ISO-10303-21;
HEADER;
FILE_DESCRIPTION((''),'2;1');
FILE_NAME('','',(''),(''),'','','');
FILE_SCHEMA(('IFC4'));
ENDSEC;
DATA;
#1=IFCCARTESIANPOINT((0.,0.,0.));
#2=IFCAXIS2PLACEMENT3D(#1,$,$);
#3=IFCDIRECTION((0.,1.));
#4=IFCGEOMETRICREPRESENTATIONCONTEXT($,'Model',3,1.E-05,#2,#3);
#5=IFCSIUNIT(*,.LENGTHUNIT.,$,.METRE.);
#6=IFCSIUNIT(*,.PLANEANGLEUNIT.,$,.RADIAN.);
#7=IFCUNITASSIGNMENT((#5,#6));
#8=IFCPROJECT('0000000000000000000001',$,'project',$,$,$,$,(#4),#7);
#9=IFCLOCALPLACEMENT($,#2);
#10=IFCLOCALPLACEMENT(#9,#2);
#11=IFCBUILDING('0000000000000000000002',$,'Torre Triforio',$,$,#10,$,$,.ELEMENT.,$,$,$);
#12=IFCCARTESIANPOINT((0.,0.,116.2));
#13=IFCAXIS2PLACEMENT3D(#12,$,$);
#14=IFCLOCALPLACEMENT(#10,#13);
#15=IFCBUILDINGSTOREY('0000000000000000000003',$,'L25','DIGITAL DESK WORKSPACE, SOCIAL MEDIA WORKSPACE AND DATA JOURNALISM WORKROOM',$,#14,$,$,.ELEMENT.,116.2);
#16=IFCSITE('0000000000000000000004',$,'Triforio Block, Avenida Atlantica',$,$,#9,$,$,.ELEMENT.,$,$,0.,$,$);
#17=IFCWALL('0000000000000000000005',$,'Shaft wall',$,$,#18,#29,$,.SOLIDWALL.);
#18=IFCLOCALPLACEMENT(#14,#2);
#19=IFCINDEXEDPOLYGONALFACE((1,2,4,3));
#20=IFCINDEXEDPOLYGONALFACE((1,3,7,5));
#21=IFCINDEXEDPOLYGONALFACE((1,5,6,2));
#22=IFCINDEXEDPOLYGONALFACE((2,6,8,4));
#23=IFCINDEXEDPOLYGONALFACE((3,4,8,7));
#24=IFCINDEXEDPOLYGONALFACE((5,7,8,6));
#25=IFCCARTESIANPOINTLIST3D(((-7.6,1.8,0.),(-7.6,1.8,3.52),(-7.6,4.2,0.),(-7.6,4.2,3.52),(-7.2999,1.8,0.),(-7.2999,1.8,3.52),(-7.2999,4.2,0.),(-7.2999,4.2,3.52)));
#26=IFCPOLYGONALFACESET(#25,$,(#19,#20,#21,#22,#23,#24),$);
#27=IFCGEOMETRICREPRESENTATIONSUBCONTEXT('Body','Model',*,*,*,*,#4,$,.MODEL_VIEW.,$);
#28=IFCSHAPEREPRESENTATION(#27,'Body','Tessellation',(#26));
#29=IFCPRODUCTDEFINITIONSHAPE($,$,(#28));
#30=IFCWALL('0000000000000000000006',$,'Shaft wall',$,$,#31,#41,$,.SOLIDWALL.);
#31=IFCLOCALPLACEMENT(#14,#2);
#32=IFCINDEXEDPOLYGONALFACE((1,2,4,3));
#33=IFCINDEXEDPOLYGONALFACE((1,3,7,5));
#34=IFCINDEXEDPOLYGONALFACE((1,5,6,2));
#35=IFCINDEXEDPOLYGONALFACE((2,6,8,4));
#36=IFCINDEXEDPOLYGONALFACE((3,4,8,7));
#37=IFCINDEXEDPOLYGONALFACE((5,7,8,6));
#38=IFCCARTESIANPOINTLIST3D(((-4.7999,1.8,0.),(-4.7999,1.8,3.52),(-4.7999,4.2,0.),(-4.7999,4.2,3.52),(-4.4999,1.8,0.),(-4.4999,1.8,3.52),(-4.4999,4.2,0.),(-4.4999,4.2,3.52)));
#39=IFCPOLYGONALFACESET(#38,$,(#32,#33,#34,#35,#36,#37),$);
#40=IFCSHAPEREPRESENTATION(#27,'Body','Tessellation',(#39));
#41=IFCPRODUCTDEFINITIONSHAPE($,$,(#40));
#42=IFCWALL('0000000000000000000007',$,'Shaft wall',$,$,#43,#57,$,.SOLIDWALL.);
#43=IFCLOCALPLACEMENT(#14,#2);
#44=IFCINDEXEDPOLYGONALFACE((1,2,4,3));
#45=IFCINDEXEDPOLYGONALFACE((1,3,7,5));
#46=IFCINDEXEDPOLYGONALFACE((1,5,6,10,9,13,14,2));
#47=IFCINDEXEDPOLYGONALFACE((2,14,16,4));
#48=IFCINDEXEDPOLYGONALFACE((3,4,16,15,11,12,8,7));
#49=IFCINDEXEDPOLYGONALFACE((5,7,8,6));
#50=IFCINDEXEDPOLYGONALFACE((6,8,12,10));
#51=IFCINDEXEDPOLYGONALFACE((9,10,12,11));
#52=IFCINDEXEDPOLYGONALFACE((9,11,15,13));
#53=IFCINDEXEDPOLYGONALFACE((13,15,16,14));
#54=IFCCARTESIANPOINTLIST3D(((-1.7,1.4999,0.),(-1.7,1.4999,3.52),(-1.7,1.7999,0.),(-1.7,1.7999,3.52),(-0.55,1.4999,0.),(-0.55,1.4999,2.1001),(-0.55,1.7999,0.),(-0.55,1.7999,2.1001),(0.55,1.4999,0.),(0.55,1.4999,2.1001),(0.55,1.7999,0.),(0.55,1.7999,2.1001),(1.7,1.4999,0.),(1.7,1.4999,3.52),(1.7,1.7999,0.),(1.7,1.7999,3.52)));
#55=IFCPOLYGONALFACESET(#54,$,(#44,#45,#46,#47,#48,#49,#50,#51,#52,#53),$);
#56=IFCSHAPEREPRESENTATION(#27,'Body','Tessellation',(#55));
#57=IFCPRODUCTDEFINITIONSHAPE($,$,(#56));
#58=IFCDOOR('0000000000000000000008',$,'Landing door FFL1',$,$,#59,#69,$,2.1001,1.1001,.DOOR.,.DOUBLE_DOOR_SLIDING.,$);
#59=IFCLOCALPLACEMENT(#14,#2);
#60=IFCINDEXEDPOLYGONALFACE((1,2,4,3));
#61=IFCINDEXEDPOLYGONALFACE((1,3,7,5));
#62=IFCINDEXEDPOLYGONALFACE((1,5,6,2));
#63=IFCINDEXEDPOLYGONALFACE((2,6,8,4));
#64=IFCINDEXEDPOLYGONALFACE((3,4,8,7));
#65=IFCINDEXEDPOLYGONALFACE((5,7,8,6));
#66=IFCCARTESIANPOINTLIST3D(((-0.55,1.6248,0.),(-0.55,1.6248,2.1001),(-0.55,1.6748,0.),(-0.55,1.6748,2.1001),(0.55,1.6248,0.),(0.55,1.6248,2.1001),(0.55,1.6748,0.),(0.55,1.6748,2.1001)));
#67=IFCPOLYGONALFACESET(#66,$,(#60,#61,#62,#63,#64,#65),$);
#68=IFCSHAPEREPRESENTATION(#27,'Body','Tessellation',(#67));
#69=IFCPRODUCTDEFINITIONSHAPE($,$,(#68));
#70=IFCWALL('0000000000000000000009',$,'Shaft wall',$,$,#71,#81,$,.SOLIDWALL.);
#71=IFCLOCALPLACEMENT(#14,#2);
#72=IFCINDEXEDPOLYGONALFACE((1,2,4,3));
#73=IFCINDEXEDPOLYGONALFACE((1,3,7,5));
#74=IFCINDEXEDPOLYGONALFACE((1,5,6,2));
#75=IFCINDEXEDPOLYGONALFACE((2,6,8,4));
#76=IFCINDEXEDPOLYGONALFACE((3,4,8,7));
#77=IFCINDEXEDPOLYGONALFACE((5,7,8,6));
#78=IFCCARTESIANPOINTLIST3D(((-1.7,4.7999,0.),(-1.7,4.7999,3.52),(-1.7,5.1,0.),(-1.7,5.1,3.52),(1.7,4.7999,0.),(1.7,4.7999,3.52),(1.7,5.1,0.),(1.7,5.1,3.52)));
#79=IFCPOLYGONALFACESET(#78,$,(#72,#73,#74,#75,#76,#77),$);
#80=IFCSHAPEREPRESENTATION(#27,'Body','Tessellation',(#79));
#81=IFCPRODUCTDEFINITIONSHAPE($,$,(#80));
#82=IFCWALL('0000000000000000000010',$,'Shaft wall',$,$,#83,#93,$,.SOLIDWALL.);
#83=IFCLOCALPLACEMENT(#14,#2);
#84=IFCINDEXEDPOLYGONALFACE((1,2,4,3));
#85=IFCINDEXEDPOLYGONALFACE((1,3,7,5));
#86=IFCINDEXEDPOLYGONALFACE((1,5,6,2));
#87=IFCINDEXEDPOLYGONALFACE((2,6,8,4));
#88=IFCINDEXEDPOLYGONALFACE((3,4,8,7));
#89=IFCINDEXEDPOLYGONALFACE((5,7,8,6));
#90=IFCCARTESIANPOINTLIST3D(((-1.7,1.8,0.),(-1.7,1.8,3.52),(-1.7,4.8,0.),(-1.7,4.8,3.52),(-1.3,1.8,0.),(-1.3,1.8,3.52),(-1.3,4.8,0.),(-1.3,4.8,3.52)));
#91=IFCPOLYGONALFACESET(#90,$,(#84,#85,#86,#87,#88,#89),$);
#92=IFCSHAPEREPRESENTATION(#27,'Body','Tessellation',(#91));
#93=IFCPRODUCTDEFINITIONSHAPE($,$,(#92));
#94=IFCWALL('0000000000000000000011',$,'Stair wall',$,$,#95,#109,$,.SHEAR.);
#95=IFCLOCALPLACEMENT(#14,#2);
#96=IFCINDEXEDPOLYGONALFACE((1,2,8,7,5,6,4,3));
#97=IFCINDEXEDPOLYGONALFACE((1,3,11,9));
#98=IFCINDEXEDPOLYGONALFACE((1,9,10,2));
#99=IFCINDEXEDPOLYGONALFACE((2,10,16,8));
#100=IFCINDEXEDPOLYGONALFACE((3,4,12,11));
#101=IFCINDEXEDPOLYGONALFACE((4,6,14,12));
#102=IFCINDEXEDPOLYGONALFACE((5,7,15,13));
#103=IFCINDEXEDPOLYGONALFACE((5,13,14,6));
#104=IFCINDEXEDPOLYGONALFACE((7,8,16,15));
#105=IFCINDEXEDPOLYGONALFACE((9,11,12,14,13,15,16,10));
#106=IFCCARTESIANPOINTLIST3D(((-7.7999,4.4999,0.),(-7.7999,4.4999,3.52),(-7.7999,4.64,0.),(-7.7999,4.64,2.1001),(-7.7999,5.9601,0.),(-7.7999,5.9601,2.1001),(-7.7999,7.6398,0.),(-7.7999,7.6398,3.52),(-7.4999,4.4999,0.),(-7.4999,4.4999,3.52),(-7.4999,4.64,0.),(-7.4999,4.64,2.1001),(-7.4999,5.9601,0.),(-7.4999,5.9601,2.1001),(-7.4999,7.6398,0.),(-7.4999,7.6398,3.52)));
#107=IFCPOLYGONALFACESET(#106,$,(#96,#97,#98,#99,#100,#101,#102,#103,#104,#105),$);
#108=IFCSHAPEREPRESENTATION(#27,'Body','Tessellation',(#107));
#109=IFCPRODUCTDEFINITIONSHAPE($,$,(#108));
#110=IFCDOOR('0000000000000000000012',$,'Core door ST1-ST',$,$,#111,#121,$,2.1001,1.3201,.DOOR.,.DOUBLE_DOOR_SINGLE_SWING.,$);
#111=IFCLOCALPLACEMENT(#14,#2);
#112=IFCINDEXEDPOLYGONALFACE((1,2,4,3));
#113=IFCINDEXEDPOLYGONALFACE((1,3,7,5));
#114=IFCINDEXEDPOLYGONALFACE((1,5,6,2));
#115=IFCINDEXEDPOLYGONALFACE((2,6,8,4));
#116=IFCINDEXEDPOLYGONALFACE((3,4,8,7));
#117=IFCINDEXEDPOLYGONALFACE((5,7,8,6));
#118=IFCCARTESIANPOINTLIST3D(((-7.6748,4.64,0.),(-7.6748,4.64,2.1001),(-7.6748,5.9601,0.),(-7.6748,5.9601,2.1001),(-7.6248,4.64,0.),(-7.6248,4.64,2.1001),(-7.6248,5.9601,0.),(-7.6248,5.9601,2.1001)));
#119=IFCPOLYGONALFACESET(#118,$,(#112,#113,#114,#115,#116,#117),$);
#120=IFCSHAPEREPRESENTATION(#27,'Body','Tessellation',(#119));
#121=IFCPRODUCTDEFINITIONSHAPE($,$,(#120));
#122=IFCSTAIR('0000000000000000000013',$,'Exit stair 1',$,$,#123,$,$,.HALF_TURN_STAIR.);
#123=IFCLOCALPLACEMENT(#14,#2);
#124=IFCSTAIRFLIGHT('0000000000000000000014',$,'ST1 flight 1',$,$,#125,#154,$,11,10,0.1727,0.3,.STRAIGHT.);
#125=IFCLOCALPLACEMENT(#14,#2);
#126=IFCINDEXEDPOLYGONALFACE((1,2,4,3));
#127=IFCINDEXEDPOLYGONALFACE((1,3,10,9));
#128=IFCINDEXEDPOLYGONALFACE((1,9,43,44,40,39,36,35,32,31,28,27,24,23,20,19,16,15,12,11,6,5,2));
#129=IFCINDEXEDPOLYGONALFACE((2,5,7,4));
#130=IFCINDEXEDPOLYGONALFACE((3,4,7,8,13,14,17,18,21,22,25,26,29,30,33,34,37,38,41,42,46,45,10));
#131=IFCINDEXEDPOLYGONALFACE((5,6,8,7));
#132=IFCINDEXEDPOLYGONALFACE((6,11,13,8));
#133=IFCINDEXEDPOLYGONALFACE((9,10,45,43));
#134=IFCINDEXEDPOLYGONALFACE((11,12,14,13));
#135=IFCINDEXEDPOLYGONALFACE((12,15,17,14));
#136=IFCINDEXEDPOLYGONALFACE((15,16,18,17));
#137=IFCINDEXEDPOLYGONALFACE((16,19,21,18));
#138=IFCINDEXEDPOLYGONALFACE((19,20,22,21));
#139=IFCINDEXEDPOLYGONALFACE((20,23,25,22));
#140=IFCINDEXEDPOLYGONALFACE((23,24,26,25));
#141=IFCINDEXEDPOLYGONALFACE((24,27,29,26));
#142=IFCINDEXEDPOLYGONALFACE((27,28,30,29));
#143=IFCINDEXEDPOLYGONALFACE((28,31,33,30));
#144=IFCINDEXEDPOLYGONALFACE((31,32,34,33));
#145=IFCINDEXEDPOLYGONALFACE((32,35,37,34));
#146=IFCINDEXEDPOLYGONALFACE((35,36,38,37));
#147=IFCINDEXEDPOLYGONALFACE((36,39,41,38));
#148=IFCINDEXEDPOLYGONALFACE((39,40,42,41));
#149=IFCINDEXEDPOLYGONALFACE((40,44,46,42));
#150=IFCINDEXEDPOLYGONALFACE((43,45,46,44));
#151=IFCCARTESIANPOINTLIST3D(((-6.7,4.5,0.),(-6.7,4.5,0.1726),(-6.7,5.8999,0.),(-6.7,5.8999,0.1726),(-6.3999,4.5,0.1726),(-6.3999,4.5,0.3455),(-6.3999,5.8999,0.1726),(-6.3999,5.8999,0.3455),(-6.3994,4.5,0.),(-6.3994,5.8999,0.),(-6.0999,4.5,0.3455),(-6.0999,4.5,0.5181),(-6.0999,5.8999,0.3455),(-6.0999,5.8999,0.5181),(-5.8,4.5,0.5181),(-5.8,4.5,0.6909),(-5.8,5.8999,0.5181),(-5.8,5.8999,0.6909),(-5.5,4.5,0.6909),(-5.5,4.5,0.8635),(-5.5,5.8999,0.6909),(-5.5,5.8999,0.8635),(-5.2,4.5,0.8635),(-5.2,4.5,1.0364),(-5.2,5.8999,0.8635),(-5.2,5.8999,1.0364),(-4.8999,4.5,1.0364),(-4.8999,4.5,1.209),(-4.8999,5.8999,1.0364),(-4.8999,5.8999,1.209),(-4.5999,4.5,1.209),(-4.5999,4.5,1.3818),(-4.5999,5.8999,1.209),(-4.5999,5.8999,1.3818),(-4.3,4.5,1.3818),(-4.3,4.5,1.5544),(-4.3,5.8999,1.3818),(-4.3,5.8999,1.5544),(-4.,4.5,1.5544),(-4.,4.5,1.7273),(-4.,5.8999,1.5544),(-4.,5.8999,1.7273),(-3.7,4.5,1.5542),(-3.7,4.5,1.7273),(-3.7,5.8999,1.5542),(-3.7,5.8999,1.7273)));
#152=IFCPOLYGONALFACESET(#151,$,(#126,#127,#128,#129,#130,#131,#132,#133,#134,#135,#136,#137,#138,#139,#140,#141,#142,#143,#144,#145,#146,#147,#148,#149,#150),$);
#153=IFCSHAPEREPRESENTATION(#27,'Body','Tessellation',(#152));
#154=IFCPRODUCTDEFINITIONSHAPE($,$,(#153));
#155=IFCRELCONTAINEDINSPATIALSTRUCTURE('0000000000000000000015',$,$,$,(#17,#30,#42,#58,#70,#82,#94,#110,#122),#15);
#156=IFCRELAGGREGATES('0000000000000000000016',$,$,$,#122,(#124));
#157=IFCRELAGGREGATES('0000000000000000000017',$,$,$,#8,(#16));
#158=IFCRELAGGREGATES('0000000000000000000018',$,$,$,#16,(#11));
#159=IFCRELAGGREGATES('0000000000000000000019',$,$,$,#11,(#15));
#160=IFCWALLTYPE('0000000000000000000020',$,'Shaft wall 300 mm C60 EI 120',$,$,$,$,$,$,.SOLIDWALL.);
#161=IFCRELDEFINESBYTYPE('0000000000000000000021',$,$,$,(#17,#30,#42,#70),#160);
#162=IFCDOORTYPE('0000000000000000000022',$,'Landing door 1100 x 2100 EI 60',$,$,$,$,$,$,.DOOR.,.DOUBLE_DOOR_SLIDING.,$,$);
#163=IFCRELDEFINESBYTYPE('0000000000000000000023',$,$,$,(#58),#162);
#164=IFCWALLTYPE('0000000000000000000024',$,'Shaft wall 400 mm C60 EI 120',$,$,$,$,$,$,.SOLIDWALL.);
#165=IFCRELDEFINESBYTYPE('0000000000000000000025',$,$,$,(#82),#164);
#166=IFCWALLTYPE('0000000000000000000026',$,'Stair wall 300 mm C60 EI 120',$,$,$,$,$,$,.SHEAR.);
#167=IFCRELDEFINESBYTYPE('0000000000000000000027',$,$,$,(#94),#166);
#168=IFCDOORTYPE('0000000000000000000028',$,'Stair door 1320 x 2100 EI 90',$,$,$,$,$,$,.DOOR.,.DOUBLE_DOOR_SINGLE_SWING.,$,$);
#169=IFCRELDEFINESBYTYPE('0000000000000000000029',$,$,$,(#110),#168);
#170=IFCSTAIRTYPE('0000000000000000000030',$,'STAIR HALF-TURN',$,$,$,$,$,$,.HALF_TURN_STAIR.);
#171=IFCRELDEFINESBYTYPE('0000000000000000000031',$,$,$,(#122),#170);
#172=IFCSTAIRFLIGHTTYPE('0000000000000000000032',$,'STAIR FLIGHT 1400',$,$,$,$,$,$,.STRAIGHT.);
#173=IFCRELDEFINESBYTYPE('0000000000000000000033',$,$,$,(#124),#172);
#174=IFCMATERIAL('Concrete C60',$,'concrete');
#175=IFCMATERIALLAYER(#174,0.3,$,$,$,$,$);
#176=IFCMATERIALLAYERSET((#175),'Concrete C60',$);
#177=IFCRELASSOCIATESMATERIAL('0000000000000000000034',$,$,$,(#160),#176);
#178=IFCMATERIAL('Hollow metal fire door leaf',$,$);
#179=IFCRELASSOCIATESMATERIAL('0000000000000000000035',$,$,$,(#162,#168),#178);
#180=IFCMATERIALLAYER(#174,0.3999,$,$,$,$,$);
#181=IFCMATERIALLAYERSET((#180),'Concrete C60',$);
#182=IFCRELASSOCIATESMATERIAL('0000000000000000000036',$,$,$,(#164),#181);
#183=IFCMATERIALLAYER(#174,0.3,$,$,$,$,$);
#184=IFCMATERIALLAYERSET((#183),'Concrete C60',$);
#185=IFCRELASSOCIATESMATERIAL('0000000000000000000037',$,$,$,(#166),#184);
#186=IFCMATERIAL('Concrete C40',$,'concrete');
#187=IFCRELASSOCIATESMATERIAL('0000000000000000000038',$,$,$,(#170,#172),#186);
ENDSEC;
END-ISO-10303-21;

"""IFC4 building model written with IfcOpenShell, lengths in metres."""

from ifc_helpers import new_model, si_unit, direction, frame, frame_2d, origin, place, context, subcontext, project, spatial, polyline, rectangle, outline, extrude, material, layer, layer_set, type_object, element, fill, aggregate, save


model = new_model("IFC4")

# Units and contexts
model_context = context("Model", 3, precision=1e-05, world=origin(), true_north=direction((0.0, 1.0)))
body_context = subcontext(model_context, "Body", "Model", "MODEL_VIEW")
ifc_project = project(units=[si_unit("LENGTHUNIT", "METRE"), si_unit("PLANEANGLEUNIT", "RADIAN")], contexts=[model_context])

# Site, building, storey
site_placement = place(None, origin())
site = spatial("IfcSite", under=ifc_project, at=site_placement, Name="Triforio Block, Avenida Atlantica", CompositionType="ELEMENT", RefElevation=0.0)
building_placement = place(site_placement, origin())
building = spatial("IfcBuilding", under=site, at=building_placement, Name="Torre Triforio", CompositionType="ELEMENT")
storey_placement = place(building_placement, frame((0.0, 0.0, 116.2)))
storey = spatial("IfcBuildingStorey", under=building, at=storey_placement, Name="L25", Description="DIGITAL DESK WORKSPACE, SOCIAL MEDIA WORKSPACE AND DATA JOURNALISM WORKROOM", CompositionType="ELEMENT", Elevation=116.2)

# Walls
ifc_material_1 = material(Name="Concrete C60", Category="concrete")
ifc_layer_1 = layer(ifc_material_1, 0.3)
ifc_layer_set_1 = layer_set([ifc_layer_1], Name="Concrete C60")
wall_type_1 = type_object("IfcWallType", Name="Shaft wall 300 mm C60 EI 120", PredefinedType="SOLIDWALL", material=ifc_layer_set_1)
for number, where, z_axis, x_axis, name in (
    (1, (-7.45, 1.8, 0.0), (0.0, 0.0, 1.0), (0.0, 1.0, 0.0), "Shaft wall"),
    (2, (-4.6499, 1.8, 0.0), (0.0, 0.0, 1.0), (0.0, 1.0, 0.0), "Shaft wall"),
):
    element("IfcWall", number, at=place(storey_placement, frame(where, z_axis=z_axis, x_axis=x_axis)), inside=storey, type_object=wall_type_1, Name=name, PredefinedType="SOLIDWALL", context=body_context, shape_type="SweptSolid", body=[
        extrude(rectangle(XDim=2.3999, YDim=0.3, at=frame_2d((1.2, 0.0))), origin(), (0.0, 0.0, 1.0), 3.52),
    ])

# Wall, opening, door
wall_1_placement = place(storey_placement, frame((-1.7, 1.6499, 0.0), z_axis=(0.0, 0.0, 1.0), x_axis=(1.0, 0.0, 0.0)))
wall_1 = element("IfcWall", 3, at=wall_1_placement, inside=storey, type_object=wall_type_1, Name="Shaft wall", PredefinedType="SOLIDWALL", context=body_context, shape_type="SweptSolid", body=[
    extrude(rectangle(XDim=3.3999, YDim=0.3, at=frame_2d((1.7, 0.0))), origin(), (0.0, 0.0, 1.0), 3.52),
])
opening_1_placement = place(wall_1_placement, frame((1.1499, 0.0, 0.0)))
opening_1 = element("IfcOpeningElement", 4, at=opening_1_placement, cuts=wall_1, PredefinedType="OPENING", context=body_context, shape_type="SweptSolid", body=[
    extrude(rectangle(XDim=1.1001, YDim=2.1001, at=frame_2d((0.55, 1.05))), frame((0.0, 0.1599, 0.0), z_axis=(0.0, -1.0, 0.0), x_axis=(1.0, 0.0, 0.0)), (0.0, 0.0, 1.0), 0.3201),
])
ifc_material_2 = material(Name="Hollow metal fire door leaf")
door_type_1 = type_object("IfcDoorType", Name="Landing door 1100 x 2100 EI 60", OperationType="DOUBLE_DOOR_SLIDING", PredefinedType="DOOR", material=ifc_material_2)
door_1_placement = place(opening_1_placement, origin())
door_1 = element("IfcDoor", 5, at=door_1_placement, inside=storey, type_object=door_type_1, Name="Landing door FFL1", OperationType="DOUBLE_DOOR_SLIDING", OverallHeight=2.1001, OverallWidth=1.1001, PredefinedType="DOOR", context=body_context, shape_type="SweptSolid", body=[
    extrude(rectangle(XDim=1.1001, YDim=2.1001, at=frame_2d((0.55, 1.05))), frame((0.0, 0.0249, 0.0), z_axis=(0.0, -1.0, 0.0), x_axis=(1.0, 0.0, 0.0)), (0.0, 0.0, 1.0), 0.05),
])
fill(opening_1, door_1)

# Walls
wall_2_placement = place(storey_placement, frame((-1.7, 4.95, 0.0), z_axis=(0.0, 0.0, 1.0), x_axis=(1.0, 0.0, 0.0)))
element("IfcWall", 6, at=wall_2_placement, inside=storey, type_object=wall_type_1, Name="Shaft wall", PredefinedType="SOLIDWALL", context=body_context, shape_type="SweptSolid", body=[
    extrude(rectangle(XDim=3.3999, YDim=0.3, at=frame_2d((1.7, 0.0))), origin(), (0.0, 0.0, 1.0), 3.52),
])
ifc_layer_2 = layer(ifc_material_1, 0.3999)
ifc_layer_set_2 = layer_set([ifc_layer_2], Name="Concrete C60")
wall_type_2 = type_object("IfcWallType", Name="Shaft wall 400 mm C60 EI 120", PredefinedType="SOLIDWALL", material=ifc_layer_set_2)
wall_3_placement = place(storey_placement, frame((-1.5, 1.8, 0.0), z_axis=(0.0, 0.0, 1.0), x_axis=(0.0, 1.0, 0.0)))
element("IfcWall", 7, at=wall_3_placement, inside=storey, type_object=wall_type_2, Name="Shaft wall", PredefinedType="SOLIDWALL", context=body_context, shape_type="SweptSolid", body=[
    extrude(rectangle(XDim=3.0, YDim=0.3999, at=frame_2d((1.5, 0.0))), origin(), (0.0, 0.0, 1.0), 3.52),
])

# Wall, opening, door
ifc_layer_3 = layer(ifc_material_1, 0.3)
ifc_layer_set_3 = layer_set([ifc_layer_3], Name="Concrete C60")
wall_type_3 = type_object("IfcWallType", Name="Stair wall 300 mm C60 EI 120", PredefinedType="SHEAR", material=ifc_layer_set_3)
wall_4_placement = place(storey_placement, frame((-7.6499, 4.5, 0.0), z_axis=(0.0, 0.0, 1.0), x_axis=(0.0, 1.0, 0.0)))
wall_4 = element("IfcWall", 8, at=wall_4_placement, inside=storey, type_object=wall_type_3, Name="Stair wall", PredefinedType="SHEAR", context=body_context, shape_type="SweptSolid", body=[
    extrude(rectangle(XDim=3.1399, YDim=0.3, at=frame_2d((1.5698, 0.0))), origin(), (0.0, 0.0, 1.0), 3.52),
])
opening_2_placement = place(wall_4_placement, frame((0.1399, 0.0, 0.0)))
opening_2 = element("IfcOpeningElement", 9, at=opening_2_placement, cuts=wall_4, PredefinedType="OPENING", context=body_context, shape_type="SweptSolid", body=[
    extrude(rectangle(XDim=1.3201, YDim=2.1001, at=frame_2d((0.6602, 1.05))), frame((0.0, 0.1599, 0.0), z_axis=(0.0, -1.0, 0.0), x_axis=(1.0, 0.0, 0.0)), (0.0, 0.0, 1.0), 0.3201),
])
door_type_2 = type_object("IfcDoorType", Name="Stair door 1320 x 2100 EI 90", OperationType="DOUBLE_DOOR_SINGLE_SWING", PredefinedType="DOOR", material=ifc_material_2)
door_2_placement = place(opening_2_placement, origin())
door_2 = element("IfcDoor", 10, at=door_2_placement, inside=storey, type_object=door_type_2, Name="Core door ST1-ST", OperationType="DOUBLE_DOOR_SINGLE_SWING", OverallHeight=2.1001, OverallWidth=1.3201, PredefinedType="DOOR", context=body_context, shape_type="SweptSolid", body=[
    extrude(rectangle(XDim=1.3201, YDim=2.1001, at=frame_2d((0.6602, 1.05))), frame((0.0, 0.0249, 0.0), z_axis=(0.0, -1.0, 0.0), x_axis=(1.0, 0.0, 0.0)), (0.0, 0.0, 1.0), 0.05),
])
fill(opening_2, door_2)

# Stair, stair flight
ifc_material_3 = material(Name="Concrete C40", Category="concrete")
stair_type = type_object("IfcStairType", Name="STAIR HALF-TURN", PredefinedType="HALF_TURN_STAIR", material=ifc_material_3)
stair_placement = place(storey_placement, origin())
stair = element("IfcStair", 11, at=stair_placement, inside=storey, type_object=stair_type, Name="Exit stair 1", PredefinedType="HALF_TURN_STAIR")
stair_flight_type = type_object("IfcStairFlightType", Name="STAIR FLIGHT 1400", PredefinedType="STRAIGHT", material=ifc_material_3)
stair_flight_placement = place(storey_placement, frame((-6.7, 5.2, 0.0), z_axis=(0.0, 0.0, 1.0), x_axis=(1.0, 0.0, 0.0)))
stair_flight = element("IfcStairFlight", 12, at=stair_flight_placement, type_object=stair_flight_type, Name="ST1 flight 1", NumberOfRisers=11, NumberOfTreads=10, PredefinedType="STRAIGHT", RiserHeight=0.1727, TreadLength=0.3, context=body_context, shape_type="SweptSolid", body=[
    extrude(outline(polyline([(0.0, 0.0), (0.0, 0.1726), (0.3, 0.1726), (0.3, 0.3455), (0.6001, 0.3455), (0.6001, 0.5181), (0.8999, 0.5181), (0.8999, 0.6909), (1.2, 0.6909), (1.2, 0.8635), (1.5, 0.8635), (1.5, 1.0364), (1.8, 1.0364), (1.8, 1.209), (2.1001, 1.209), (2.1001, 1.3818), (2.3999, 1.3818), (2.3999, 1.5544), (2.7, 1.5544), (2.7, 1.7273), (3.0, 1.7273), (3.0, 1.8999), (3.0, 1.5542), (0.3005, 0.0), (0.0, 0.0)])), frame((0.0, 0.7, 0.0), z_axis=(0.0, -1.0, 0.0), x_axis=(1.0, 0.0, 0.0)), (0.0, 0.0, 1.0), 1.3999),
])
aggregate(stair, [stair_flight])

save(model, "model.ifc")
